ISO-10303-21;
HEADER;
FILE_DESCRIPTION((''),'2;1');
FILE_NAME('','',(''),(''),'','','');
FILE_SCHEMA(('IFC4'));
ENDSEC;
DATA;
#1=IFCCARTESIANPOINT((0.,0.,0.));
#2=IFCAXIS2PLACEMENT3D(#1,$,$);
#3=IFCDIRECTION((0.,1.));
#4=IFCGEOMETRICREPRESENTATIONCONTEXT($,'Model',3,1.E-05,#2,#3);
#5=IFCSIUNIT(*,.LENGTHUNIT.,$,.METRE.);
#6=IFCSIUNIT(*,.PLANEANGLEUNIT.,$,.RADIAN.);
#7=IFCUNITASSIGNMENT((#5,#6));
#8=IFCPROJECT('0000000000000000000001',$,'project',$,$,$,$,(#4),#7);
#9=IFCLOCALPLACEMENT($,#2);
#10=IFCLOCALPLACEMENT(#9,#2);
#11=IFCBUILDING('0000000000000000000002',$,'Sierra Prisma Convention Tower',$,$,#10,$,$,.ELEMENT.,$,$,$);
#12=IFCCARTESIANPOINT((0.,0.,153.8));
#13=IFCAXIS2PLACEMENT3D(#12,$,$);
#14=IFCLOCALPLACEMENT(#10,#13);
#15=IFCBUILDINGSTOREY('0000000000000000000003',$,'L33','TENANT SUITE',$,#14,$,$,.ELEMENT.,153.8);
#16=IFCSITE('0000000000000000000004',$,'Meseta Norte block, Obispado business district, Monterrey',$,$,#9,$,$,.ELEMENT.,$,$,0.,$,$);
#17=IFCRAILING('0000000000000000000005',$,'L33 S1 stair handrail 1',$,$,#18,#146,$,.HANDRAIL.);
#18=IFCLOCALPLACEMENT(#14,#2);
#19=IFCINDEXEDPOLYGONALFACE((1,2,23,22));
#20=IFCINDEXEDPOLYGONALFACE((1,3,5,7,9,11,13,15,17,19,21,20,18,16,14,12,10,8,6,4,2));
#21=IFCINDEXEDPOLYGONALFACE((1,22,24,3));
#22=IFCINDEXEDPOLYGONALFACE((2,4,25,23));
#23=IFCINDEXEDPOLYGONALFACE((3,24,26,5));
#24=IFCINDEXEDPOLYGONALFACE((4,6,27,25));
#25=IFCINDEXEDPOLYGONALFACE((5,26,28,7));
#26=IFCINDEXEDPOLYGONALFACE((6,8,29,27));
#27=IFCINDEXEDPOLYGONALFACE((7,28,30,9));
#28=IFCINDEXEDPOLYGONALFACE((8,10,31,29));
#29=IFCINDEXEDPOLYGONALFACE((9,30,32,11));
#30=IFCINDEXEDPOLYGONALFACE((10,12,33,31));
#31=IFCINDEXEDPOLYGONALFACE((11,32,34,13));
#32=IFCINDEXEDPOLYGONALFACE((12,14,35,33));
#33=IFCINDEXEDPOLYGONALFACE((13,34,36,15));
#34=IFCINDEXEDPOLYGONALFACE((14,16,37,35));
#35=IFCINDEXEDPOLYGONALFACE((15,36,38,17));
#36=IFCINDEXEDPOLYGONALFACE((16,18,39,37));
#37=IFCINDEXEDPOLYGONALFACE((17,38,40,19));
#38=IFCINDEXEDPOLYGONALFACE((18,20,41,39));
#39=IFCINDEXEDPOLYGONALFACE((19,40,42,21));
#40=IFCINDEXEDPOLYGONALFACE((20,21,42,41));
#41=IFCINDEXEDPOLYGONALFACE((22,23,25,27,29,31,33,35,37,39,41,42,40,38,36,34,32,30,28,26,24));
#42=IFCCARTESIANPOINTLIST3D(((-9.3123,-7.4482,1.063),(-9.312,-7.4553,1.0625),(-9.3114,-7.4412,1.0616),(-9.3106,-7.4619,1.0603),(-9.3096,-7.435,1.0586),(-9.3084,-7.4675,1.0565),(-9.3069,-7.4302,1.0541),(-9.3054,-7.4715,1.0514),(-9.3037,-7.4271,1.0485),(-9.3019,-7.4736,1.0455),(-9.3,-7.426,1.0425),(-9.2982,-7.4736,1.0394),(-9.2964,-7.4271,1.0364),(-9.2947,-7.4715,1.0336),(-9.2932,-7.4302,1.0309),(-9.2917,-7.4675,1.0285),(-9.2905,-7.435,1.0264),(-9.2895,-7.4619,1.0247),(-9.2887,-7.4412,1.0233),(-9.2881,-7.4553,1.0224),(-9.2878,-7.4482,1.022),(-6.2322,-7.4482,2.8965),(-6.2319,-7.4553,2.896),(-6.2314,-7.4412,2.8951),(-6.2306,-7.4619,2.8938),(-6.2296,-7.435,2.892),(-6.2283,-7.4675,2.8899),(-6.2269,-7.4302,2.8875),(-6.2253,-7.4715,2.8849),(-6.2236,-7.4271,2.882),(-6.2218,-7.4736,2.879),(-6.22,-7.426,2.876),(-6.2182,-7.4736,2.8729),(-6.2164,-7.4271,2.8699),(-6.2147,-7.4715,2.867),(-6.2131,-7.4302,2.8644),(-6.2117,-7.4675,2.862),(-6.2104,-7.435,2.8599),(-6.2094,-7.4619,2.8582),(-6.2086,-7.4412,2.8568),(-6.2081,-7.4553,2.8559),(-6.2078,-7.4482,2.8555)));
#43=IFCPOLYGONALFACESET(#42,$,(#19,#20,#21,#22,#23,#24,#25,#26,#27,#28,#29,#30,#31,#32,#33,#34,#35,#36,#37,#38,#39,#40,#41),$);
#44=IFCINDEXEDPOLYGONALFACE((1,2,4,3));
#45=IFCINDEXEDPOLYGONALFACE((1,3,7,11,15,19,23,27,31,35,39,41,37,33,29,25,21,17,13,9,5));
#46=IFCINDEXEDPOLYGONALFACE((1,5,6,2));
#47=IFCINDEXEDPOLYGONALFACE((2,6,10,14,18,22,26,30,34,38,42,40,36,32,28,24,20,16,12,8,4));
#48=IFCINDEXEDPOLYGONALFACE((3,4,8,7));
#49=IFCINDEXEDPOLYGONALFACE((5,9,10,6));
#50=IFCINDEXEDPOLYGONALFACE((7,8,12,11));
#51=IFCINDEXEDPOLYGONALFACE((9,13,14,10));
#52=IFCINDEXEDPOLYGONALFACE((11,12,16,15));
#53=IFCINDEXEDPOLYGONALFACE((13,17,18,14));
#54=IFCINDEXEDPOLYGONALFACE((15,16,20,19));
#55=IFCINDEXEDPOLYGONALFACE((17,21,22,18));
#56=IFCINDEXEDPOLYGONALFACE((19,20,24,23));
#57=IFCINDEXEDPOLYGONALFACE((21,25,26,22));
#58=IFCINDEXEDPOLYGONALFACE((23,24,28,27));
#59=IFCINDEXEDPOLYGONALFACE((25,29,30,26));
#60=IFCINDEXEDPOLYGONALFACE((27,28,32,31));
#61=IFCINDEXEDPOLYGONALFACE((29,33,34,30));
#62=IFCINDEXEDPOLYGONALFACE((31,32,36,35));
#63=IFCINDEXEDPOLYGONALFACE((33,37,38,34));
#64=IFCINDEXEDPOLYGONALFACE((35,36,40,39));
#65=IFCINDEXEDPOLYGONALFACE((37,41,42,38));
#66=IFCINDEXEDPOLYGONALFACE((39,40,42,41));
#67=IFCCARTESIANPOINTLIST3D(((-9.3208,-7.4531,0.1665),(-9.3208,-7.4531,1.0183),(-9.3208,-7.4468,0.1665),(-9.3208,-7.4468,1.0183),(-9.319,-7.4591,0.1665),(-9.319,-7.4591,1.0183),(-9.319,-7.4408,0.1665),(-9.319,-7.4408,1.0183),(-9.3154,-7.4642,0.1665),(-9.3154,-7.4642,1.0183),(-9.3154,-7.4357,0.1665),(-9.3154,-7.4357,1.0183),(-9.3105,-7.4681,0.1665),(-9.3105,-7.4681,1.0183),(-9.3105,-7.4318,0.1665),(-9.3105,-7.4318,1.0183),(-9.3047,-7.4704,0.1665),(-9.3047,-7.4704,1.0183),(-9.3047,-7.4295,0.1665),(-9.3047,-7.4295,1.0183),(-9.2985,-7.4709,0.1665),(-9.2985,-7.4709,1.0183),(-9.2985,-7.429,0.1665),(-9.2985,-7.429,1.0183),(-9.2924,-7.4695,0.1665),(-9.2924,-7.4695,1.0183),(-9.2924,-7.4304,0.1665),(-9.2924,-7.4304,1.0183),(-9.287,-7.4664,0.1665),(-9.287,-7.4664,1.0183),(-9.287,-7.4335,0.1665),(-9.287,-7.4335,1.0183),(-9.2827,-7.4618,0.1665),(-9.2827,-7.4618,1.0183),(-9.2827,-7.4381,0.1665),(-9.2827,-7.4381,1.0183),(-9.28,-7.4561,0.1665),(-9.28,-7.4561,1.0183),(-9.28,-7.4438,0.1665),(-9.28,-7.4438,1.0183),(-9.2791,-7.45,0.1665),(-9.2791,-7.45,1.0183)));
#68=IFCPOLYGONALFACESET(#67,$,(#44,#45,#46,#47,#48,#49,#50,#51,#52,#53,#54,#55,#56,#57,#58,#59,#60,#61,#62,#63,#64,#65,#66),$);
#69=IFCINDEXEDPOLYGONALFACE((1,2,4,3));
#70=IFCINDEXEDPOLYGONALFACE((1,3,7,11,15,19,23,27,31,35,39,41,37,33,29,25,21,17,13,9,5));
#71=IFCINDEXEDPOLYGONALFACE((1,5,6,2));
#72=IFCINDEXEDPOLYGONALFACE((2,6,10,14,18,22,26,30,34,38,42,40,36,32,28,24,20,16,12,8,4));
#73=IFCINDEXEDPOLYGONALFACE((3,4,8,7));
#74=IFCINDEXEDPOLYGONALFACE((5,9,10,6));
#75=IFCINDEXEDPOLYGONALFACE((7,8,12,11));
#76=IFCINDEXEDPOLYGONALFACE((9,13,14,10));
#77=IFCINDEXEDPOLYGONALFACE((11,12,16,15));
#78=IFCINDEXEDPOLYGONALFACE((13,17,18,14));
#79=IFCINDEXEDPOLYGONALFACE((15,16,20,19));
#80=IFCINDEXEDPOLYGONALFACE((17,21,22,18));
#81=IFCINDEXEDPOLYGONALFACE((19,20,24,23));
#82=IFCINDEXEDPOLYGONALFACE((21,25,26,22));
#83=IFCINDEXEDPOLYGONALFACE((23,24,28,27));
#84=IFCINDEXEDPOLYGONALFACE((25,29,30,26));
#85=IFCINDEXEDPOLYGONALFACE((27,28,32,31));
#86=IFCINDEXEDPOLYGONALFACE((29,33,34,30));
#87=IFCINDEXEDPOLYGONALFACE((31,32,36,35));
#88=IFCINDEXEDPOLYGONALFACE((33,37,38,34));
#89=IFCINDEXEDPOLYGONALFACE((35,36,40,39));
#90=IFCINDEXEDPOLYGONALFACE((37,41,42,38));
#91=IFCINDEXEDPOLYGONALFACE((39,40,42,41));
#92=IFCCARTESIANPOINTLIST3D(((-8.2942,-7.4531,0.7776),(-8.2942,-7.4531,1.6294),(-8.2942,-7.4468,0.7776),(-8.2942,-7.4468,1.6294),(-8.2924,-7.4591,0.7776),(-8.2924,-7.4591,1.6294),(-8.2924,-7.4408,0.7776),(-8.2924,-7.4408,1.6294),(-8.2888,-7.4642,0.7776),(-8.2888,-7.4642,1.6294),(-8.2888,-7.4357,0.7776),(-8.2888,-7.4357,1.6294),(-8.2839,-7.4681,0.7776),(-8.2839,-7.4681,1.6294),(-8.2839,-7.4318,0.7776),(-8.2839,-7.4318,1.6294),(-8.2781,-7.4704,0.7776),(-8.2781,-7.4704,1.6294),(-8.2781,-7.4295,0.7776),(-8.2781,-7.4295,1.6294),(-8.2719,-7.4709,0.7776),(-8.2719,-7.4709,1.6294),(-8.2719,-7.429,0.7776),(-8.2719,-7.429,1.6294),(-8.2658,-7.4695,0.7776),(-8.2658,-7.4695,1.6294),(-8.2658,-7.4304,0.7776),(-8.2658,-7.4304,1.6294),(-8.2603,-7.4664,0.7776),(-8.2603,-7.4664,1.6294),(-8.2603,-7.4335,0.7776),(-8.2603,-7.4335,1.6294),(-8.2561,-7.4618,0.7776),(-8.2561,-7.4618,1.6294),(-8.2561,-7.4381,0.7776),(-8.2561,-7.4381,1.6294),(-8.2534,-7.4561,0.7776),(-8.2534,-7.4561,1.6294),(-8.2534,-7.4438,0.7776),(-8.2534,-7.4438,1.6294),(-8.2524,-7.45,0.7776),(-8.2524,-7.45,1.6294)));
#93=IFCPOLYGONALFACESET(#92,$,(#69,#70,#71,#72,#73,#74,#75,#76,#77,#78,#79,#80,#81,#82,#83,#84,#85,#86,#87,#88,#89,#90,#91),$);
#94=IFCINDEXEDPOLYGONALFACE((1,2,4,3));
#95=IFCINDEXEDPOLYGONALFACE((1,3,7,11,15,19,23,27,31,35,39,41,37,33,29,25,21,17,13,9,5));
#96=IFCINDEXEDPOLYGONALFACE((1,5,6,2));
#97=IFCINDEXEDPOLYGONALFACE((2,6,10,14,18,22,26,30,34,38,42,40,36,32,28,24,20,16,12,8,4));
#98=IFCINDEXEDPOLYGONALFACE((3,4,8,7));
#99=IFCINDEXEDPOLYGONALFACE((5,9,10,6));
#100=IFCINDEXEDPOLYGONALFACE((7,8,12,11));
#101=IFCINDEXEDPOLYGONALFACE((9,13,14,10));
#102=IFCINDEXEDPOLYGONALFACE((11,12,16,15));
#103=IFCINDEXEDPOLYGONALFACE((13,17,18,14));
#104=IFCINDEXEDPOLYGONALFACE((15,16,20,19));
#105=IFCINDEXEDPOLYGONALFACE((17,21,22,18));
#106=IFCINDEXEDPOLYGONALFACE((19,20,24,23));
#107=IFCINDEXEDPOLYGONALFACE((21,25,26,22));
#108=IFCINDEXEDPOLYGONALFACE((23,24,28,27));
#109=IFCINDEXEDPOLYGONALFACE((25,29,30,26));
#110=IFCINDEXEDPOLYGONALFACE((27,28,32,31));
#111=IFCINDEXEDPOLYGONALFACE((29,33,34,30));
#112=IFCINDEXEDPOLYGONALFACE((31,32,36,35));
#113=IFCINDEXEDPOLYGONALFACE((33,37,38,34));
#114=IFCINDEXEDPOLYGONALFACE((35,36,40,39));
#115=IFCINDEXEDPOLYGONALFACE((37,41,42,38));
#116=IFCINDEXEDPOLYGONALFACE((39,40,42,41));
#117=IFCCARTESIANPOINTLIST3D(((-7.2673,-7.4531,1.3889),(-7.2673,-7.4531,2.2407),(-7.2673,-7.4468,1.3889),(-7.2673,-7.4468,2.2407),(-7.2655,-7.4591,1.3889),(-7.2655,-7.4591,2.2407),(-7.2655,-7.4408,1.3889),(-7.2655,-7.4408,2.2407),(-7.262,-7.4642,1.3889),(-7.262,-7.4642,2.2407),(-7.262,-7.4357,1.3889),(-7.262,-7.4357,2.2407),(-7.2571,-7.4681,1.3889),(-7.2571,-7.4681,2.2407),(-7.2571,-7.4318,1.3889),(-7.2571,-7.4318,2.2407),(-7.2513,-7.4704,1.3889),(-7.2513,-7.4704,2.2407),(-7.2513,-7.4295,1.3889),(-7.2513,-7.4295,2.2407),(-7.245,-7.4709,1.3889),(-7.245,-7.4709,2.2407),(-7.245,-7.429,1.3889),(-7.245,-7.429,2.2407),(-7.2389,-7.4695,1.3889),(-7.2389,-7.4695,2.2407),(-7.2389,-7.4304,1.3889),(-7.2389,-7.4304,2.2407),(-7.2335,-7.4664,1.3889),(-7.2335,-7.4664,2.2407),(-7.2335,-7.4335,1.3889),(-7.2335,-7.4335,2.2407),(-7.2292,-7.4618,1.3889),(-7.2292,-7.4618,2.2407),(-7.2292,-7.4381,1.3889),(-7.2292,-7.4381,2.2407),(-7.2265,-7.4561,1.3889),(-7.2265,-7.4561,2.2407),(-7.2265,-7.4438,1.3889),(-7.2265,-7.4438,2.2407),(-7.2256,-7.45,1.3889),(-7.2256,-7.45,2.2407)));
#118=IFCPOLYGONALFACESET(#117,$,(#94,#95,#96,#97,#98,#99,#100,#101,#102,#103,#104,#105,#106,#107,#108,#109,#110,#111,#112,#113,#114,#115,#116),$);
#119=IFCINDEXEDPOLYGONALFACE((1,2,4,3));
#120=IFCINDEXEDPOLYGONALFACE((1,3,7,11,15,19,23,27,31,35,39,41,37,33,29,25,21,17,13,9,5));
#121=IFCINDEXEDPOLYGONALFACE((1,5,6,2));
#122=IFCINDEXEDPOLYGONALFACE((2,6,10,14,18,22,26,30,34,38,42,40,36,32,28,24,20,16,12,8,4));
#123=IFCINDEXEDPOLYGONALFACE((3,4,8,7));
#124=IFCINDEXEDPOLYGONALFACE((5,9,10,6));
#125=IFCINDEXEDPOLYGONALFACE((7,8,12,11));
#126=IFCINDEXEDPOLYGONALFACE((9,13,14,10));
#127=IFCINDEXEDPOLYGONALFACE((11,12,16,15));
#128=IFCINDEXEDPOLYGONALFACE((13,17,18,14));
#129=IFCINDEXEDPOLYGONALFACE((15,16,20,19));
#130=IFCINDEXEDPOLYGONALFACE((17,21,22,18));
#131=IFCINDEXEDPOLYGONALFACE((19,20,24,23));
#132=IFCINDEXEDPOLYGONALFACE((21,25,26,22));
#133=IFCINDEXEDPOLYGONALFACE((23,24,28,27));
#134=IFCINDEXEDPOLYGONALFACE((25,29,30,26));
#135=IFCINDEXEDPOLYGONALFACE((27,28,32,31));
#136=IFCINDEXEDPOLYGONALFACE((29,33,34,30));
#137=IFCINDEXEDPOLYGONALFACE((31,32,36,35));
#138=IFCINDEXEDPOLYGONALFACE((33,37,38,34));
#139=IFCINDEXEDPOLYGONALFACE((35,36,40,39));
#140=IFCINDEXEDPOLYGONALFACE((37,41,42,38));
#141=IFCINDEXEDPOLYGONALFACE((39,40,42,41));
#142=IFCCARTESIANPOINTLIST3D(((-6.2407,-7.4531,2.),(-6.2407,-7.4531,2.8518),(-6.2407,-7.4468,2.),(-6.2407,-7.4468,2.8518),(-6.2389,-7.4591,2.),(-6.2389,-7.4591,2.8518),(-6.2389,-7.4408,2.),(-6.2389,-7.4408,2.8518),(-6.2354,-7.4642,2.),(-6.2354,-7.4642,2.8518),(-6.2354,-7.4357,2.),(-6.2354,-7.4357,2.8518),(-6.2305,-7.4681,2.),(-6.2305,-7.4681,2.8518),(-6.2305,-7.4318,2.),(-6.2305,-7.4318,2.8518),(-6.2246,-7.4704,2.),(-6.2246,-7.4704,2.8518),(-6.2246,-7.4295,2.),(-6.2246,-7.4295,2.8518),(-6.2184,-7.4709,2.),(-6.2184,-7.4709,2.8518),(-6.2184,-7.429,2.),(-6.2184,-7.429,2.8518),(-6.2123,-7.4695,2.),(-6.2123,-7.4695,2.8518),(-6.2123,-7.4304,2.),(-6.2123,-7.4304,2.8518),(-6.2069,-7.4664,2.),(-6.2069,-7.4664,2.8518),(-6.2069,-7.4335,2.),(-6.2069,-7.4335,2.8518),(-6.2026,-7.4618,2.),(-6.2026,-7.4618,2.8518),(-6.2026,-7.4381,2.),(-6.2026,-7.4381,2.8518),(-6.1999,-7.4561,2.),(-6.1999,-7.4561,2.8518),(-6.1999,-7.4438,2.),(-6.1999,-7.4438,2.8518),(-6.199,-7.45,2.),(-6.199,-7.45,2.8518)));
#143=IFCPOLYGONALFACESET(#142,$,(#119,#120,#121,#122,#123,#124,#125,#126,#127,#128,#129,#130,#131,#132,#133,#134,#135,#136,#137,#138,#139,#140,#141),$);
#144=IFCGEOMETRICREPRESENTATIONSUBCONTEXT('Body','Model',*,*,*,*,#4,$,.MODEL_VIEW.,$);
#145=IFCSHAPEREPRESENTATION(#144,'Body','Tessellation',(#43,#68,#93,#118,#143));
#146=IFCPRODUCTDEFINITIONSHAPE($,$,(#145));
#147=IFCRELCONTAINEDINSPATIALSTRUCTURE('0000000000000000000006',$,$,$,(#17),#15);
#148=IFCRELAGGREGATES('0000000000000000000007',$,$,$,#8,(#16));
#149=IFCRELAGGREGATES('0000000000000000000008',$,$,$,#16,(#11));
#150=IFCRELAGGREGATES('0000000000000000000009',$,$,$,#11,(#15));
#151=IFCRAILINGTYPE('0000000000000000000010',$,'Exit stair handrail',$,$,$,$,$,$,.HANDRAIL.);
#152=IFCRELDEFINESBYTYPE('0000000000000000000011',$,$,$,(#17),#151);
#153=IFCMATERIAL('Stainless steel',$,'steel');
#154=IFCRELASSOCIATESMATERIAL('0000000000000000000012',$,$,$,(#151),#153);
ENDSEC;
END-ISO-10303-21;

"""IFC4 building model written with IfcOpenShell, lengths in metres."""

from ifc_helpers import new_model, si_unit, direction, frame, origin, origin_2d, place, context, subcontext, project, spatial, circle, extrude, material, type_object, element, save


model = new_model("IFC4")

# Units and contexts
model_context = context("Model", 3, precision=1e-05, world=origin(), true_north=direction((0.0, 1.0)))
body_context = subcontext(model_context, "Body", "Model", "MODEL_VIEW")
ifc_project = project(units=[si_unit("LENGTHUNIT", "METRE"), si_unit("PLANEANGLEUNIT", "RADIAN")], contexts=[model_context])

# Site, building, storey
site_placement = place(None, origin())
site = spatial("IfcSite", under=ifc_project, at=site_placement, Name="Meseta Norte block, Obispado business district, Monterrey", CompositionType="ELEMENT", RefElevation=0.0)
building_placement = place(site_placement, origin())
building = spatial("IfcBuilding", under=site, at=building_placement, Name="Sierra Prisma Convention Tower", CompositionType="ELEMENT")
storey_placement = place(building_placement, frame((0.0, 0.0, 153.8)))
storey = spatial("IfcBuildingStorey", under=building, at=storey_placement, Name="L33", Description="TENANT SUITE", CompositionType="ELEMENT", Elevation=153.8)

# Railing
ifc_material_1 = material(Name="Stainless steel", Category="steel")
railing_type_1 = type_object("IfcRailingType", Name="Exit stair handrail", PredefinedType="HANDRAIL", material=ifc_material_1)
railing_1_placement = place(storey_placement, frame((-9.3, -7.45, 0.1665)))
element("IfcRailing", 1, at=railing_1_placement, inside=storey, type_object=railing_type_1, Name="L33 S1 stair handrail 1", PredefinedType="HANDRAIL", context=body_context, shape_type="SweptSolid", body=[
    extrude(circle(Radius=0.0239, at=origin_2d()), frame((0.0, 0.0, 0.876), z_axis=(0.859279, 0.0, 0.511508), x_axis=(0.0, 1.0, 0.0)), (0.0, 0.0, 1.0), 3.5845),
    extrude(circle(Radius=0.021, at=origin_2d()), origin(), (0.0, 0.0, 1.0), 0.8518),
    extrude(circle(Radius=0.021, at=origin_2d()), frame((1.0266, 0.0, 0.6111)), (0.0, 0.0, 1.0), 0.8518),
    extrude(circle(Radius=0.021, at=origin_2d()), frame((2.0535, 0.0, 1.2224)), (0.0, 0.0, 1.0), 0.8518),
    extrude(circle(Radius=0.021, at=origin_2d()), frame((3.0801, 0.0, 1.8335)), (0.0, 0.0, 1.0), 0.8518),
])

save(model, "model.ifc")
